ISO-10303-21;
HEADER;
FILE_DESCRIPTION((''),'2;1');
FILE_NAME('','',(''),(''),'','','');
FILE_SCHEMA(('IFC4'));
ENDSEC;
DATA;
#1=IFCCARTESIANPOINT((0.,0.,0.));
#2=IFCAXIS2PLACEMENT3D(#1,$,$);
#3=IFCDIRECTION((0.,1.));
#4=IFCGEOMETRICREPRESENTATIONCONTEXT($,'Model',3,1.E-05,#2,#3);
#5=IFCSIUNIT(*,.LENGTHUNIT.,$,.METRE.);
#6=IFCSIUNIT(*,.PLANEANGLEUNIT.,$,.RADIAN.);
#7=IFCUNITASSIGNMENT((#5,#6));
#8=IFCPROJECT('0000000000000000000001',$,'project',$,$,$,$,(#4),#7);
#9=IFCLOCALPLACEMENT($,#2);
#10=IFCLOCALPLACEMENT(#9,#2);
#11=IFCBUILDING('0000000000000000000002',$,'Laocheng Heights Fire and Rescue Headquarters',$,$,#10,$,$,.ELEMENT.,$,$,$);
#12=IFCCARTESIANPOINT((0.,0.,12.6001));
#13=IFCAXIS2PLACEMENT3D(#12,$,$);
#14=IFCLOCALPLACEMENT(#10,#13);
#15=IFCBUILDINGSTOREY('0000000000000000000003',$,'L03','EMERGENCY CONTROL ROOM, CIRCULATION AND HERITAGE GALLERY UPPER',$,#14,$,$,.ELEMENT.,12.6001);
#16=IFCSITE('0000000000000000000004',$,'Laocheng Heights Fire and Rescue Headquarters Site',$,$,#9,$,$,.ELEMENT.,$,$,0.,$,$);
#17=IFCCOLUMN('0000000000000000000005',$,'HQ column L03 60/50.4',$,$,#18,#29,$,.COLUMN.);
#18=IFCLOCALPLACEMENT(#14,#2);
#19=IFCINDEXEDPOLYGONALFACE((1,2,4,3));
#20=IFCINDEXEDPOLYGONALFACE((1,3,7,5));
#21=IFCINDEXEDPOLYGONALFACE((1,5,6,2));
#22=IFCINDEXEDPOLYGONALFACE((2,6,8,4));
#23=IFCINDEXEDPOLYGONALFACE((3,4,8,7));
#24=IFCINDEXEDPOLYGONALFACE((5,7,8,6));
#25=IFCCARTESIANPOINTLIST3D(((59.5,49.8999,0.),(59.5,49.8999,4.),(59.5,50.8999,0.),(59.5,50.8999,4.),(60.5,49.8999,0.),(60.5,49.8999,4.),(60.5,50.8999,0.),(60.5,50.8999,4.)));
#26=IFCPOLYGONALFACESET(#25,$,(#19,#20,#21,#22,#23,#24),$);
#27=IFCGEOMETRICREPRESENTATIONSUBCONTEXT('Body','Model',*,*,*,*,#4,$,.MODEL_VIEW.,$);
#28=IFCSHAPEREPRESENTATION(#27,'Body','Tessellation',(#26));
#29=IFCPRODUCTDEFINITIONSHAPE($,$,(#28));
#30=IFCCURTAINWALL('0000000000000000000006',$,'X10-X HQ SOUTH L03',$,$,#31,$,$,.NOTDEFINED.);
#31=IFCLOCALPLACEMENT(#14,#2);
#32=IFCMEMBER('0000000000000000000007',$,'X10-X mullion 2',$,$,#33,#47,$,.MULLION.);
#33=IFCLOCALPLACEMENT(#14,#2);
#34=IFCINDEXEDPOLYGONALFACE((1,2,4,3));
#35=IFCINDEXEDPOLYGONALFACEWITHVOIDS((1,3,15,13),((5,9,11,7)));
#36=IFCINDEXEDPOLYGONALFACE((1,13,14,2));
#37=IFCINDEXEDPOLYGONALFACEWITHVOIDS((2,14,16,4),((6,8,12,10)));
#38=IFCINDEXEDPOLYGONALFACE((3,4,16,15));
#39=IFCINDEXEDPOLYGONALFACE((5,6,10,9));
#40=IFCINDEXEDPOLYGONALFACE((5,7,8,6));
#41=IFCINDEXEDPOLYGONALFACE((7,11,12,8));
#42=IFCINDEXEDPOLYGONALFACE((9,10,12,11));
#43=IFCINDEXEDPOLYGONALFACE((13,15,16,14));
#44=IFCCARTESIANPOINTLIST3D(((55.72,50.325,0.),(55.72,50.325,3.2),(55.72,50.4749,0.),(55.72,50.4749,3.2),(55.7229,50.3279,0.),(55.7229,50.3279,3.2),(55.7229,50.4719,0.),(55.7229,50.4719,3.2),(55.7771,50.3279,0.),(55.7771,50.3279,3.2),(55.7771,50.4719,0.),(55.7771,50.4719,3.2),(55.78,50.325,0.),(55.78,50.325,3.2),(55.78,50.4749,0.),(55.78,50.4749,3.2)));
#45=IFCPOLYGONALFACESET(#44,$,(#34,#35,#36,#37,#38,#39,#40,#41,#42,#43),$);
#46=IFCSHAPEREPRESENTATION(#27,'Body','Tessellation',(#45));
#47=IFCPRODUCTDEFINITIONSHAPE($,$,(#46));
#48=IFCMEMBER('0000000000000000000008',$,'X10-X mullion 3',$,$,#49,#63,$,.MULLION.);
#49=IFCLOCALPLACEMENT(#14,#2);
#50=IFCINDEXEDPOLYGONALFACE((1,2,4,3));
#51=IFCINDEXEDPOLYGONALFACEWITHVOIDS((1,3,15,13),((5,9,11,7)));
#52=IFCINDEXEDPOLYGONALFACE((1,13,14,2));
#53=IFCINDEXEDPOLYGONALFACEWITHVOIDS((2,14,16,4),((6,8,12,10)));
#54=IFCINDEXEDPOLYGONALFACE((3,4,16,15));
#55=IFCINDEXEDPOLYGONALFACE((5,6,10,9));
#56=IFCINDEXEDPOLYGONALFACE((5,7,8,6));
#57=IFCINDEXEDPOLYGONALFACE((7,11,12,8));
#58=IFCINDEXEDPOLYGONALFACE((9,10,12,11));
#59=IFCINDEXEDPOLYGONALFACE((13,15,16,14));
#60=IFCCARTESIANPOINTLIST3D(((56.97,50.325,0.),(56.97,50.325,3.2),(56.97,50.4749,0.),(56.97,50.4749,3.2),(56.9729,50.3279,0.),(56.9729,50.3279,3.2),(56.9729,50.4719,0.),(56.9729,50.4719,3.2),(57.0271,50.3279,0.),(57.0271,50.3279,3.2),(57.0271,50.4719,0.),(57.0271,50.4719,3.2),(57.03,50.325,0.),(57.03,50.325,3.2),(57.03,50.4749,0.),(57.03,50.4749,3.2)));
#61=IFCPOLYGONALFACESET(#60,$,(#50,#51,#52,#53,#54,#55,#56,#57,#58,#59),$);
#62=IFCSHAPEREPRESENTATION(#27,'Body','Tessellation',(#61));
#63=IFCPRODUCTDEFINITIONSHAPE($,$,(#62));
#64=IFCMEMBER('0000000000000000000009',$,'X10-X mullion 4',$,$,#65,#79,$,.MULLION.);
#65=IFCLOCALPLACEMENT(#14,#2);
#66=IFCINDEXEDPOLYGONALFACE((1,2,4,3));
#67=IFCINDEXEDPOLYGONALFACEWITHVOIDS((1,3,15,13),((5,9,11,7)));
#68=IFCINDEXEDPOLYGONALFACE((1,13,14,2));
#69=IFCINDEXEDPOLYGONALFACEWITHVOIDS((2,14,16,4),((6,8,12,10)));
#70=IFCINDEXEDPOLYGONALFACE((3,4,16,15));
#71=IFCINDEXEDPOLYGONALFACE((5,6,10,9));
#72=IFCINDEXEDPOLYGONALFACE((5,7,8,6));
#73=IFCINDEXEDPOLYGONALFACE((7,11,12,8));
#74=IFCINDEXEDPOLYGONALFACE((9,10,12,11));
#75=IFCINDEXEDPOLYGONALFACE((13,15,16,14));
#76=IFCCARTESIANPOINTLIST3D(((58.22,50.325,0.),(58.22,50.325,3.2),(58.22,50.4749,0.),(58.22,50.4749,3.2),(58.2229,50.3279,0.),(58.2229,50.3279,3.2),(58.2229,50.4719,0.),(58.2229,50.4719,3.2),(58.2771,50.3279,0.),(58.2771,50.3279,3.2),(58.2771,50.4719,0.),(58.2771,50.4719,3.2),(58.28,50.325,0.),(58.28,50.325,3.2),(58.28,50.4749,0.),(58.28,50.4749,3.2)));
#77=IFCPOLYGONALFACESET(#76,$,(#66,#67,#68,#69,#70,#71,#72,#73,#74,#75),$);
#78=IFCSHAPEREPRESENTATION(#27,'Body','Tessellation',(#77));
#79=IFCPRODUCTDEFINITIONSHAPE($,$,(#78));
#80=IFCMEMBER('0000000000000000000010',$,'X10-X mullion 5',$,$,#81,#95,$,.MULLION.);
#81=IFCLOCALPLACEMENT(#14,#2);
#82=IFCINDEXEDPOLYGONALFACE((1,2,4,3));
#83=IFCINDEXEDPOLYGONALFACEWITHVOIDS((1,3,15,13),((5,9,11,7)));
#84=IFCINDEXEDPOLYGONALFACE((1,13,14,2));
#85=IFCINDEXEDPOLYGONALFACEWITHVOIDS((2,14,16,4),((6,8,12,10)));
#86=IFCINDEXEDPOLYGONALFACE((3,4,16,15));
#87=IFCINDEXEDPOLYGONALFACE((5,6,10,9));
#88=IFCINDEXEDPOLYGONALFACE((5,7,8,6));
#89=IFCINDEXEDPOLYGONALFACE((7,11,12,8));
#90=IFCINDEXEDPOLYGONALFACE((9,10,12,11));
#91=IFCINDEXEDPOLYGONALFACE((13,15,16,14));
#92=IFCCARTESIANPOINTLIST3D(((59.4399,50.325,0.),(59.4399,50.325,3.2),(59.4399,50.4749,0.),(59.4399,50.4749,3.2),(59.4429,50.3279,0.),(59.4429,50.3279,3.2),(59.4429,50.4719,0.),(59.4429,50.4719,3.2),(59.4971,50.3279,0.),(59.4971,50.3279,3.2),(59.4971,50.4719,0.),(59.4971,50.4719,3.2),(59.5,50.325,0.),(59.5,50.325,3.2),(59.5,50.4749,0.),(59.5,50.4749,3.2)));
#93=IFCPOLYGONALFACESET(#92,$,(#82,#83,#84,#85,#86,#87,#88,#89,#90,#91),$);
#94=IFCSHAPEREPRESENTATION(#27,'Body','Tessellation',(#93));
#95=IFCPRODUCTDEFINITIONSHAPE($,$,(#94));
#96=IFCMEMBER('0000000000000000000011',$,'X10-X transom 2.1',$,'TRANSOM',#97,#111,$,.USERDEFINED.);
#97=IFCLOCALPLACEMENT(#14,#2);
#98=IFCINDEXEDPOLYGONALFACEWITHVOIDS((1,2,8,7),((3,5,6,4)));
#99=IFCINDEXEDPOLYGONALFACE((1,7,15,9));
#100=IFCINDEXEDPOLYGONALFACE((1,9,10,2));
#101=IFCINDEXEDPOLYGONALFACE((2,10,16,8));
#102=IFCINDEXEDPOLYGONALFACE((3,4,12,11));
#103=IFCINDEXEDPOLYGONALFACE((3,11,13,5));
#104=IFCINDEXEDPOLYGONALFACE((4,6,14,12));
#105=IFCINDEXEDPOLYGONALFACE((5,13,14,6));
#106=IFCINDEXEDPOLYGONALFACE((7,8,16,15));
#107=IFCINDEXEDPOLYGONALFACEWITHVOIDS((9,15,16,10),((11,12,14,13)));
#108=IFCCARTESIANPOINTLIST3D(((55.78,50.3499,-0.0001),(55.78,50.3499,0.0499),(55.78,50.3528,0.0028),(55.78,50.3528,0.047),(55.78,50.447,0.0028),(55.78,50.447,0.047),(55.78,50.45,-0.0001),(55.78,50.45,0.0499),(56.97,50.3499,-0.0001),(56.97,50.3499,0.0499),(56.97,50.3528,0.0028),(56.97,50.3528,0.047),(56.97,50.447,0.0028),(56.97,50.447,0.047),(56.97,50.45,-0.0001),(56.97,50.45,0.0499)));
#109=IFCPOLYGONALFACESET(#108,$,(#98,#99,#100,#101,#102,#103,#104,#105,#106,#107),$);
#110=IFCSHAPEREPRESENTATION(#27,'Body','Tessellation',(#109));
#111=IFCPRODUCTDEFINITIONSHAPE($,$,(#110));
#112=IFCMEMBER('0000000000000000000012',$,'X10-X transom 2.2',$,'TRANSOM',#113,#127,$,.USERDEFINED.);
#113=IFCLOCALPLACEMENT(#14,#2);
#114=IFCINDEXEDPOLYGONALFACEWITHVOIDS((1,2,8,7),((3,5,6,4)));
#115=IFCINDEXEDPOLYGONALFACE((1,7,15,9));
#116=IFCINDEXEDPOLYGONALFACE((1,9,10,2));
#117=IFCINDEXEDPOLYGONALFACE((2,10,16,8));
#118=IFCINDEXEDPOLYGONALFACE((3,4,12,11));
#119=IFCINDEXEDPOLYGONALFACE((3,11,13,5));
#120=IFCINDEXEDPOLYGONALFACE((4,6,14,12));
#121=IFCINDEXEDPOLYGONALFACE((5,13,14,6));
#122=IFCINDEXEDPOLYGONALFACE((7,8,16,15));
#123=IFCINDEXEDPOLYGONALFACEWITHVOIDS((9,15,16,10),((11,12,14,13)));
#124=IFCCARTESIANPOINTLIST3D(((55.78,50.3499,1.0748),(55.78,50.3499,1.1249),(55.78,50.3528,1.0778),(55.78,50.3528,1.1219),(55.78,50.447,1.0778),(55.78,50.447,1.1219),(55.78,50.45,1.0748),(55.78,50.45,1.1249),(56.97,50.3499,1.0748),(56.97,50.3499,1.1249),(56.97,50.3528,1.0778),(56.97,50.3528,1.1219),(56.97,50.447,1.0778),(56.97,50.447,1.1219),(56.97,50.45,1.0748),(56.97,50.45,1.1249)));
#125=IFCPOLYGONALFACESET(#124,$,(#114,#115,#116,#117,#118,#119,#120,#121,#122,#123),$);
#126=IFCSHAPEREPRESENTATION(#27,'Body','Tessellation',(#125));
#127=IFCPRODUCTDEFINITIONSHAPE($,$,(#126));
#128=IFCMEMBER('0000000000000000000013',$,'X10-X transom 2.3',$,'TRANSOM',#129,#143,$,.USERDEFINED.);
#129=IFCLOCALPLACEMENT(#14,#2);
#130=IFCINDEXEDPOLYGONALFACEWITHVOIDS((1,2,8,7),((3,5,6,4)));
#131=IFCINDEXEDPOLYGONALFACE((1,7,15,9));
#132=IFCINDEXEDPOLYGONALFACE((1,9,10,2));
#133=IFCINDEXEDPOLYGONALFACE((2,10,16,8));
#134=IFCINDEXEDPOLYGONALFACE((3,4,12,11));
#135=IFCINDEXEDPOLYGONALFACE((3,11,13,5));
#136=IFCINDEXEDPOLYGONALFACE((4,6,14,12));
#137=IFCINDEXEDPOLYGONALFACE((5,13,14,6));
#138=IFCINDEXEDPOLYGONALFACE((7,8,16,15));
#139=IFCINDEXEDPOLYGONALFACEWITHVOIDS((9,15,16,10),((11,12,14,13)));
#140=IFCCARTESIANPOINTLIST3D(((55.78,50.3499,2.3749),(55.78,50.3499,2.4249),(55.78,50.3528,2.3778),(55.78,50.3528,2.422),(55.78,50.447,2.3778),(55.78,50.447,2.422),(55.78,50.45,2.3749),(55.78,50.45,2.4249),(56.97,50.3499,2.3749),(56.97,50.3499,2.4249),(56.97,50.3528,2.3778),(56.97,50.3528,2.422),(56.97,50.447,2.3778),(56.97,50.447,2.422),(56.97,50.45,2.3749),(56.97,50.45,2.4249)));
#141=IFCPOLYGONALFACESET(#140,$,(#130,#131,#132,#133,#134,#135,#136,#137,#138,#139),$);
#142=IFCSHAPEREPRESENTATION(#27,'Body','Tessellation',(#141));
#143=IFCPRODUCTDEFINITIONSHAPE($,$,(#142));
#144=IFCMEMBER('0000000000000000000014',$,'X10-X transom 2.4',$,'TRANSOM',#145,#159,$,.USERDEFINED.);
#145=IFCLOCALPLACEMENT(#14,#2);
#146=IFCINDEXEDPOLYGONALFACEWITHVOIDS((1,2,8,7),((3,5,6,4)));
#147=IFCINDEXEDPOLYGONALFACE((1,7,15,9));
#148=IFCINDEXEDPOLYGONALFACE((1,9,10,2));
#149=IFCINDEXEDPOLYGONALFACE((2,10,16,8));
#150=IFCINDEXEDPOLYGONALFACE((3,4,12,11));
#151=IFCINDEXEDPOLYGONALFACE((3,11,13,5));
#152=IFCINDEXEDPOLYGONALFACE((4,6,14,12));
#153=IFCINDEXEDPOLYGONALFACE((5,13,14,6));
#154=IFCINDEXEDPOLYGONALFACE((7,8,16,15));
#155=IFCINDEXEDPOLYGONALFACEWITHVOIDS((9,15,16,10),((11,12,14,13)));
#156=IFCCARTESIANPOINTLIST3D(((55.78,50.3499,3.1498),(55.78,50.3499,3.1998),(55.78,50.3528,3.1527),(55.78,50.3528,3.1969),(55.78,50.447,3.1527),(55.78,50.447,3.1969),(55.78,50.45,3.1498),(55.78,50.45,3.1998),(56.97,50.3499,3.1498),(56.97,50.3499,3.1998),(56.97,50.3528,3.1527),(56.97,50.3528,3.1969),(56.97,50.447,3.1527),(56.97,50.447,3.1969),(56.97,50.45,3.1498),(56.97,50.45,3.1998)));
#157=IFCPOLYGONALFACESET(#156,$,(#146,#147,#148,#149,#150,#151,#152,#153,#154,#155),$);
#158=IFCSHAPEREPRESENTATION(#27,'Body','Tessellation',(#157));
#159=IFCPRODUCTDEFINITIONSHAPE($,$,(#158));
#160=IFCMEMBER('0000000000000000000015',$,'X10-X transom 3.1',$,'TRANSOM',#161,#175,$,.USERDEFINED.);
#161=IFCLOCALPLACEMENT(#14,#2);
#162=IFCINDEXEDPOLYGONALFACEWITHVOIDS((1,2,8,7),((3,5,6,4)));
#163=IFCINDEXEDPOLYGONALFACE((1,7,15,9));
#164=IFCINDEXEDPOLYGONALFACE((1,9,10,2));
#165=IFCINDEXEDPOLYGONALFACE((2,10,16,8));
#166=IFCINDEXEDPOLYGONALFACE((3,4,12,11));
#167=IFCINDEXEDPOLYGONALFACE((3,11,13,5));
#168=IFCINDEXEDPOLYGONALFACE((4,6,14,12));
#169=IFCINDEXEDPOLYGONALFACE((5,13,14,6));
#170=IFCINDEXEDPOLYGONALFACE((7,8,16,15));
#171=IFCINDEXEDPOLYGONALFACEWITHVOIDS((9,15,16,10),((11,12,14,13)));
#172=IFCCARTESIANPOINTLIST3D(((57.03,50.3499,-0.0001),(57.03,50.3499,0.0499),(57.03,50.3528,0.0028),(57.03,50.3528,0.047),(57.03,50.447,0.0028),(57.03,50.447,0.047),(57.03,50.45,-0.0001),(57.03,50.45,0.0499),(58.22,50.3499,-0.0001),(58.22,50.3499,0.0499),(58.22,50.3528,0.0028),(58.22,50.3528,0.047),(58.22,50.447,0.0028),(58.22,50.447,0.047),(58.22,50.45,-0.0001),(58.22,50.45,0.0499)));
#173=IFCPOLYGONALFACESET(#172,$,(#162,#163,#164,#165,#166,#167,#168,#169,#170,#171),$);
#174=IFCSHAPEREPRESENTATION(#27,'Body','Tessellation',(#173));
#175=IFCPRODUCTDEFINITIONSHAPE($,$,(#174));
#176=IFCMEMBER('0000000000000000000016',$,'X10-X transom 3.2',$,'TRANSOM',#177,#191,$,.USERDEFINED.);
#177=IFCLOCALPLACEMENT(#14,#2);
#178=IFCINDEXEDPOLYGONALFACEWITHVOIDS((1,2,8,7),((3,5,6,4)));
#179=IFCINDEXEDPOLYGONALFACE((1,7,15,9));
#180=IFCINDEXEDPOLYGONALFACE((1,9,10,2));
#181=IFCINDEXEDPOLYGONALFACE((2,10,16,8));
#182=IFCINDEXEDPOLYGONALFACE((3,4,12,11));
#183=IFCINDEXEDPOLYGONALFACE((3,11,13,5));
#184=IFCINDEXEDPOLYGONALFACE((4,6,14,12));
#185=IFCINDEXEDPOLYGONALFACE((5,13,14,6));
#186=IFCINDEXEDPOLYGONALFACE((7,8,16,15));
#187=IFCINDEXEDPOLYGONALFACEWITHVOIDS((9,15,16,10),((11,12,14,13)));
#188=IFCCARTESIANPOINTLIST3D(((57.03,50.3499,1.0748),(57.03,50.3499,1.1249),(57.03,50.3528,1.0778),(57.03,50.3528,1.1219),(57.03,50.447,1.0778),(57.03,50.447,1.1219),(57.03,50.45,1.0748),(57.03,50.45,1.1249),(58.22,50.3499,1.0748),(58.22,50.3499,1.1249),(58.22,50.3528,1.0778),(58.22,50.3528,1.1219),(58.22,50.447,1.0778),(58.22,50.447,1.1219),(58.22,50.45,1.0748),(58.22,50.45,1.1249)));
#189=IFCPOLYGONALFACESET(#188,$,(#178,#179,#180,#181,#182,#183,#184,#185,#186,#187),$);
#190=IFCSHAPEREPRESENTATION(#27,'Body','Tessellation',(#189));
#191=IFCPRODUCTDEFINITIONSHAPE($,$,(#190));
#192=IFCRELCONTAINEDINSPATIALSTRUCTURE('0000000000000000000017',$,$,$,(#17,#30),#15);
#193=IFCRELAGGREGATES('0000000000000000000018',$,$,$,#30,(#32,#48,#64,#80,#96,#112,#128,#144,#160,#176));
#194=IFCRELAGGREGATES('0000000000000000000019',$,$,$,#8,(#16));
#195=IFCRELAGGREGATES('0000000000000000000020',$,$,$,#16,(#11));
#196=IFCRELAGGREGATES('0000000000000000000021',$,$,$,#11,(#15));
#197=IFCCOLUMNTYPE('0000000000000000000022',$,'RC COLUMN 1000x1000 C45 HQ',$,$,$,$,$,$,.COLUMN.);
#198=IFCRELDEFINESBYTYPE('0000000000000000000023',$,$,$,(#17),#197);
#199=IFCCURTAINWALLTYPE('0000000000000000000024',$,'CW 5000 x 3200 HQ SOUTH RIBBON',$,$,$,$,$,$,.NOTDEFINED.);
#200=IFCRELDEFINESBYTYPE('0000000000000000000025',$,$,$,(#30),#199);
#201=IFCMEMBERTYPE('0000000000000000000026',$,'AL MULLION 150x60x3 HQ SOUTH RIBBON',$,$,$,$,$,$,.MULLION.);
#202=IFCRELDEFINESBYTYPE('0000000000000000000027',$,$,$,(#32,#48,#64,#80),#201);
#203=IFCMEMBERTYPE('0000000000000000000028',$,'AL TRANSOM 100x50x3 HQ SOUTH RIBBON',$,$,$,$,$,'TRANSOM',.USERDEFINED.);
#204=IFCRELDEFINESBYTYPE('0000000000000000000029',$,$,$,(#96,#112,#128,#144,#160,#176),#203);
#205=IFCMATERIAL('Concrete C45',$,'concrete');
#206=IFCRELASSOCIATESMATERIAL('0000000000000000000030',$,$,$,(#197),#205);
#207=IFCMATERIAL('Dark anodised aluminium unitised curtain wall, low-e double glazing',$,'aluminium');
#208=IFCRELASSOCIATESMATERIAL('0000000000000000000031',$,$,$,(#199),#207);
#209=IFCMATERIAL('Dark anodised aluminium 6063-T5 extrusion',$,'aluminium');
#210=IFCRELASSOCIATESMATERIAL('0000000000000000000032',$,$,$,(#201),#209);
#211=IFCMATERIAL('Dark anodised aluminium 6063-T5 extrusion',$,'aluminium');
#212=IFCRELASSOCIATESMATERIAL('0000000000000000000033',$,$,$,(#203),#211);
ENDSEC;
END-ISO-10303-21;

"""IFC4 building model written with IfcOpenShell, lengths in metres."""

from ifc_helpers import new_model, si_unit, direction, frame, origin, origin_2d, place, context, subcontext, project, spatial, rectangle, hollow_rectangle, extrude, material, material_profile, profile_set, type_object, element, aggregate, save


model = new_model("IFC4")

# Units and contexts
model_context = context("Model", 3, precision=1e-05, world=origin(), true_north=direction((0.0, 1.0)))
body_context = subcontext(model_context, "Body", "Model", "MODEL_VIEW")
ifc_project = project(units=[si_unit("LENGTHUNIT", "METRE"), si_unit("PLANEANGLEUNIT", "RADIAN")], contexts=[model_context])

# Site, building, storey
site_placement = place(None, origin())
site = spatial("IfcSite", under=ifc_project, at=site_placement, Name="Laocheng Heights Fire and Rescue Headquarters Site", CompositionType="ELEMENT", RefElevation=0.0)
building_placement = place(site_placement, origin())
building = spatial("IfcBuilding", under=site, at=building_placement, Name="Laocheng Heights Fire and Rescue Headquarters", CompositionType="ELEMENT")
storey_placement = place(building_placement, frame((0.0, 0.0, 12.6001)))
storey = spatial("IfcBuildingStorey", under=building, at=storey_placement, Name="L03", Description="EMERGENCY CONTROL ROOM, CIRCULATION AND HERITAGE GALLERY UPPER", CompositionType="ELEMENT", Elevation=12.6001)

# Column
ifc_material_1 = material(Name="Concrete C45", Category="concrete")
ifc_material_profile_1 = material_profile(ifc_material_1, rectangle(XDim=1.0, YDim=1.0, at=origin_2d()), Name="RC COLUMN 1000x1000 C45 HQ")
ifc_profile_set_1 = profile_set([ifc_material_profile_1], Name="Concrete C45")
column_type = type_object("IfcColumnType", Name="RC COLUMN 1000x1000 C45 HQ", PredefinedType="COLUMN", material=ifc_profile_set_1)
column_placement = place(storey_placement, frame((60.0, 50.3999, 0.0), z_axis=(0.0, 0.0, 1.0), x_axis=(1.0, 0.0, 0.0)))
element("IfcColumn", 1, at=column_placement, inside=storey, type_object=column_type, Name="HQ column L03 60/50.4", PredefinedType="COLUMN", context=body_context, shape_type="SweptSolid", body=[
    extrude(rectangle(XDim=1.0, YDim=1.0, at=origin_2d()), origin(), (0.0, 0.0, 1.0), 4.0),
])

# Curtain wall, members
ifc_material_2 = material(Name="Dark anodised aluminium unitised curtain wall, low-e double glazing", Category="aluminium")
curtain_wall_type = type_object("IfcCurtainWallType", Name="CW 5000 x 3200 HQ SOUTH RIBBON", PredefinedType="NOTDEFINED", material=ifc_material_2)
curtain_wall_placement = place(storey_placement, origin())
curtain_wall = element("IfcCurtainWall", 2, at=curtain_wall_placement, inside=storey, type_object=curtain_wall_type, Name="X10-X HQ SOUTH L03", PredefinedType="NOTDEFINED")
ifc_material_3 = material(Name="Dark anodised aluminium 6063-T5 extrusion", Category="aluminium")
ifc_material_profile_2 = material_profile(ifc_material_3, hollow_rectangle(XDim=0.1499, YDim=0.0601, WallThickness=0.0029, at=origin_2d()), Name="AL MULLION 150x60x3 HQ SOUTH RIBBON")
ifc_profile_set_2 = profile_set([ifc_material_profile_2], Name="Dark anodised aluminium 6063-T5 extrusion")
member_type_1 = type_object("IfcMemberType", Name="AL MULLION 150x60x3 HQ SOUTH RIBBON", PredefinedType="MULLION", material=ifc_profile_set_2)
member_1_placement = place(storey_placement, frame((55.75, 50.3999, 0.0), z_axis=(0.0, 0.0, 1.0), x_axis=(0.0, 1.0, 0.0)))
member_1 = element("IfcMember", 3, at=member_1_placement, type_object=member_type_1, Name="X10-X mullion 2", PredefinedType="MULLION", context=body_context, shape_type="SweptSolid", body=[
    extrude(hollow_rectangle(XDim=0.1499, YDim=0.0601, WallThickness=0.0029, at=origin_2d()), origin(), (0.0, 0.0, 1.0), 3.2),
])
member_2_placement = place(storey_placement, frame((57.0, 50.3999, 0.0), z_axis=(0.0, 0.0, 1.0), x_axis=(0.0, 1.0, 0.0)))
member_2 = element("IfcMember", 4, at=member_2_placement, type_object=member_type_1, Name="X10-X mullion 3", PredefinedType="MULLION", context=body_context, shape_type="SweptSolid", body=[
    extrude(hollow_rectangle(XDim=0.1499, YDim=0.0601, WallThickness=0.0029, at=origin_2d()), origin(), (0.0, 0.0, 1.0), 3.2),
])
member_3_placement = place(storey_placement, frame((58.25, 50.3999, 0.0), z_axis=(0.0, 0.0, 1.0), x_axis=(0.0, 1.0, 0.0)))
member_3 = element("IfcMember", 5, at=member_3_placement, type_object=member_type_1, Name="X10-X mullion 4", PredefinedType="MULLION", context=body_context, shape_type="SweptSolid", body=[
    extrude(hollow_rectangle(XDim=0.1499, YDim=0.0601, WallThickness=0.0029, at=origin_2d()), origin(), (0.0, 0.0, 1.0), 3.2),
])
member_4_placement = place(storey_placement, frame((59.47, 50.3999, 0.0), z_axis=(0.0, 0.0, 1.0), x_axis=(0.0, 1.0, 0.0)))
member_4 = element("IfcMember", 6, at=member_4_placement, type_object=member_type_1, Name="X10-X mullion 5", PredefinedType="MULLION", context=body_context, shape_type="SweptSolid", body=[
    extrude(hollow_rectangle(XDim=0.1499, YDim=0.0601, WallThickness=0.0029, at=origin_2d()), origin(), (0.0, 0.0, 1.0), 3.2),
])
ifc_material_4 = material(Name="Dark anodised aluminium 6063-T5 extrusion", Category="aluminium")
ifc_material_profile_3 = material_profile(ifc_material_4, hollow_rectangle(XDim=0.1001, YDim=0.05, WallThickness=0.0029, at=origin_2d()), Name="AL TRANSOM 100x50x3 HQ SOUTH RIBBON")
ifc_profile_set_3 = profile_set([ifc_material_profile_3], Name="Dark anodised aluminium 6063-T5 extrusion")
member_type_2 = type_object("IfcMemberType", Name="AL TRANSOM 100x50x3 HQ SOUTH RIBBON", ElementType="TRANSOM", PredefinedType="USERDEFINED", material=ifc_profile_set_3)
member_5_placement = place(storey_placement, frame((55.78, 50.3999, 0.0249), z_axis=(1.0, 0.0, 0.0), x_axis=(0.0, 1.0, 0.0)))
member_5 = element("IfcMember", 7, at=member_5_placement, type_object=member_type_2, Name="X10-X transom 2.1", ObjectType="TRANSOM", PredefinedType="USERDEFINED", context=body_context, shape_type="SweptSolid", body=[
    extrude(hollow_rectangle(XDim=0.1001, YDim=0.05, WallThickness=0.0029, at=origin_2d()), origin(), (0.0, 0.0, 1.0), 1.1899),
])
member_6_placement = place(storey_placement, frame((55.78, 50.3999, 1.0999), z_axis=(1.0, 0.0, 0.0), x_axis=(0.0, 1.0, 0.0)))
member_6 = element("IfcMember", 8, at=member_6_placement, type_object=member_type_2, Name="X10-X transom 2.2", ObjectType="TRANSOM", PredefinedType="USERDEFINED", context=body_context, shape_type="SweptSolid", body=[
    extrude(hollow_rectangle(XDim=0.1001, YDim=0.05, WallThickness=0.0029, at=origin_2d()), origin(), (0.0, 0.0, 1.0), 1.1899),
])
member_7_placement = place(storey_placement, frame((55.78, 50.3999, 2.3999), z_axis=(1.0, 0.0, 0.0), x_axis=(0.0, 1.0, 0.0)))
member_7 = element("IfcMember", 9, at=member_7_placement, type_object=member_type_2, Name="X10-X transom 2.3", ObjectType="TRANSOM", PredefinedType="USERDEFINED", context=body_context, shape_type="SweptSolid", body=[
    extrude(hollow_rectangle(XDim=0.1001, YDim=0.05, WallThickness=0.0029, at=origin_2d()), origin(), (0.0, 0.0, 1.0), 1.1899),
])
member_8_placement = place(storey_placement, frame((55.78, 50.3999, 3.1748), z_axis=(1.0, 0.0, 0.0), x_axis=(0.0, 1.0, 0.0)))
member_8 = element("IfcMember", 10, at=member_8_placement, type_object=member_type_2, Name="X10-X transom 2.4", ObjectType="TRANSOM", PredefinedType="USERDEFINED", context=body_context, shape_type="SweptSolid", body=[
    extrude(hollow_rectangle(XDim=0.1001, YDim=0.05, WallThickness=0.0029, at=origin_2d()), origin(), (0.0, 0.0, 1.0), 1.1899),
])
member_9_placement = place(storey_placement, frame((57.03, 50.3999, 0.0249), z_axis=(1.0, 0.0, 0.0), x_axis=(0.0, 1.0, 0.0)))
member_9 = element("IfcMember", 11, at=member_9_placement, type_object=member_type_2, Name="X10-X transom 3.1", ObjectType="TRANSOM", PredefinedType="USERDEFINED", context=body_context, shape_type="SweptSolid", body=[
    extrude(hollow_rectangle(XDim=0.1001, YDim=0.05, WallThickness=0.0029, at=origin_2d()), origin(), (0.0, 0.0, 1.0), 1.1899),
])
member_10_placement = place(storey_placement, frame((57.03, 50.3999, 1.0999), z_axis=(1.0, 0.0, 0.0), x_axis=(0.0, 1.0, 0.0)))
member_10 = element("IfcMember", 12, at=member_10_placement, type_object=member_type_2, Name="X10-X transom 3.2", ObjectType="TRANSOM", PredefinedType="USERDEFINED", context=body_context, shape_type="SweptSolid", body=[
    extrude(hollow_rectangle(XDim=0.1001, YDim=0.05, WallThickness=0.0029, at=origin_2d()), origin(), (0.0, 0.0, 1.0), 1.1899),
])
aggregate(curtain_wall, [member_1, member_2, member_3, member_4, member_5, member_6, member_7, member_8, member_9, member_10])

save(model, "model.ifc")
